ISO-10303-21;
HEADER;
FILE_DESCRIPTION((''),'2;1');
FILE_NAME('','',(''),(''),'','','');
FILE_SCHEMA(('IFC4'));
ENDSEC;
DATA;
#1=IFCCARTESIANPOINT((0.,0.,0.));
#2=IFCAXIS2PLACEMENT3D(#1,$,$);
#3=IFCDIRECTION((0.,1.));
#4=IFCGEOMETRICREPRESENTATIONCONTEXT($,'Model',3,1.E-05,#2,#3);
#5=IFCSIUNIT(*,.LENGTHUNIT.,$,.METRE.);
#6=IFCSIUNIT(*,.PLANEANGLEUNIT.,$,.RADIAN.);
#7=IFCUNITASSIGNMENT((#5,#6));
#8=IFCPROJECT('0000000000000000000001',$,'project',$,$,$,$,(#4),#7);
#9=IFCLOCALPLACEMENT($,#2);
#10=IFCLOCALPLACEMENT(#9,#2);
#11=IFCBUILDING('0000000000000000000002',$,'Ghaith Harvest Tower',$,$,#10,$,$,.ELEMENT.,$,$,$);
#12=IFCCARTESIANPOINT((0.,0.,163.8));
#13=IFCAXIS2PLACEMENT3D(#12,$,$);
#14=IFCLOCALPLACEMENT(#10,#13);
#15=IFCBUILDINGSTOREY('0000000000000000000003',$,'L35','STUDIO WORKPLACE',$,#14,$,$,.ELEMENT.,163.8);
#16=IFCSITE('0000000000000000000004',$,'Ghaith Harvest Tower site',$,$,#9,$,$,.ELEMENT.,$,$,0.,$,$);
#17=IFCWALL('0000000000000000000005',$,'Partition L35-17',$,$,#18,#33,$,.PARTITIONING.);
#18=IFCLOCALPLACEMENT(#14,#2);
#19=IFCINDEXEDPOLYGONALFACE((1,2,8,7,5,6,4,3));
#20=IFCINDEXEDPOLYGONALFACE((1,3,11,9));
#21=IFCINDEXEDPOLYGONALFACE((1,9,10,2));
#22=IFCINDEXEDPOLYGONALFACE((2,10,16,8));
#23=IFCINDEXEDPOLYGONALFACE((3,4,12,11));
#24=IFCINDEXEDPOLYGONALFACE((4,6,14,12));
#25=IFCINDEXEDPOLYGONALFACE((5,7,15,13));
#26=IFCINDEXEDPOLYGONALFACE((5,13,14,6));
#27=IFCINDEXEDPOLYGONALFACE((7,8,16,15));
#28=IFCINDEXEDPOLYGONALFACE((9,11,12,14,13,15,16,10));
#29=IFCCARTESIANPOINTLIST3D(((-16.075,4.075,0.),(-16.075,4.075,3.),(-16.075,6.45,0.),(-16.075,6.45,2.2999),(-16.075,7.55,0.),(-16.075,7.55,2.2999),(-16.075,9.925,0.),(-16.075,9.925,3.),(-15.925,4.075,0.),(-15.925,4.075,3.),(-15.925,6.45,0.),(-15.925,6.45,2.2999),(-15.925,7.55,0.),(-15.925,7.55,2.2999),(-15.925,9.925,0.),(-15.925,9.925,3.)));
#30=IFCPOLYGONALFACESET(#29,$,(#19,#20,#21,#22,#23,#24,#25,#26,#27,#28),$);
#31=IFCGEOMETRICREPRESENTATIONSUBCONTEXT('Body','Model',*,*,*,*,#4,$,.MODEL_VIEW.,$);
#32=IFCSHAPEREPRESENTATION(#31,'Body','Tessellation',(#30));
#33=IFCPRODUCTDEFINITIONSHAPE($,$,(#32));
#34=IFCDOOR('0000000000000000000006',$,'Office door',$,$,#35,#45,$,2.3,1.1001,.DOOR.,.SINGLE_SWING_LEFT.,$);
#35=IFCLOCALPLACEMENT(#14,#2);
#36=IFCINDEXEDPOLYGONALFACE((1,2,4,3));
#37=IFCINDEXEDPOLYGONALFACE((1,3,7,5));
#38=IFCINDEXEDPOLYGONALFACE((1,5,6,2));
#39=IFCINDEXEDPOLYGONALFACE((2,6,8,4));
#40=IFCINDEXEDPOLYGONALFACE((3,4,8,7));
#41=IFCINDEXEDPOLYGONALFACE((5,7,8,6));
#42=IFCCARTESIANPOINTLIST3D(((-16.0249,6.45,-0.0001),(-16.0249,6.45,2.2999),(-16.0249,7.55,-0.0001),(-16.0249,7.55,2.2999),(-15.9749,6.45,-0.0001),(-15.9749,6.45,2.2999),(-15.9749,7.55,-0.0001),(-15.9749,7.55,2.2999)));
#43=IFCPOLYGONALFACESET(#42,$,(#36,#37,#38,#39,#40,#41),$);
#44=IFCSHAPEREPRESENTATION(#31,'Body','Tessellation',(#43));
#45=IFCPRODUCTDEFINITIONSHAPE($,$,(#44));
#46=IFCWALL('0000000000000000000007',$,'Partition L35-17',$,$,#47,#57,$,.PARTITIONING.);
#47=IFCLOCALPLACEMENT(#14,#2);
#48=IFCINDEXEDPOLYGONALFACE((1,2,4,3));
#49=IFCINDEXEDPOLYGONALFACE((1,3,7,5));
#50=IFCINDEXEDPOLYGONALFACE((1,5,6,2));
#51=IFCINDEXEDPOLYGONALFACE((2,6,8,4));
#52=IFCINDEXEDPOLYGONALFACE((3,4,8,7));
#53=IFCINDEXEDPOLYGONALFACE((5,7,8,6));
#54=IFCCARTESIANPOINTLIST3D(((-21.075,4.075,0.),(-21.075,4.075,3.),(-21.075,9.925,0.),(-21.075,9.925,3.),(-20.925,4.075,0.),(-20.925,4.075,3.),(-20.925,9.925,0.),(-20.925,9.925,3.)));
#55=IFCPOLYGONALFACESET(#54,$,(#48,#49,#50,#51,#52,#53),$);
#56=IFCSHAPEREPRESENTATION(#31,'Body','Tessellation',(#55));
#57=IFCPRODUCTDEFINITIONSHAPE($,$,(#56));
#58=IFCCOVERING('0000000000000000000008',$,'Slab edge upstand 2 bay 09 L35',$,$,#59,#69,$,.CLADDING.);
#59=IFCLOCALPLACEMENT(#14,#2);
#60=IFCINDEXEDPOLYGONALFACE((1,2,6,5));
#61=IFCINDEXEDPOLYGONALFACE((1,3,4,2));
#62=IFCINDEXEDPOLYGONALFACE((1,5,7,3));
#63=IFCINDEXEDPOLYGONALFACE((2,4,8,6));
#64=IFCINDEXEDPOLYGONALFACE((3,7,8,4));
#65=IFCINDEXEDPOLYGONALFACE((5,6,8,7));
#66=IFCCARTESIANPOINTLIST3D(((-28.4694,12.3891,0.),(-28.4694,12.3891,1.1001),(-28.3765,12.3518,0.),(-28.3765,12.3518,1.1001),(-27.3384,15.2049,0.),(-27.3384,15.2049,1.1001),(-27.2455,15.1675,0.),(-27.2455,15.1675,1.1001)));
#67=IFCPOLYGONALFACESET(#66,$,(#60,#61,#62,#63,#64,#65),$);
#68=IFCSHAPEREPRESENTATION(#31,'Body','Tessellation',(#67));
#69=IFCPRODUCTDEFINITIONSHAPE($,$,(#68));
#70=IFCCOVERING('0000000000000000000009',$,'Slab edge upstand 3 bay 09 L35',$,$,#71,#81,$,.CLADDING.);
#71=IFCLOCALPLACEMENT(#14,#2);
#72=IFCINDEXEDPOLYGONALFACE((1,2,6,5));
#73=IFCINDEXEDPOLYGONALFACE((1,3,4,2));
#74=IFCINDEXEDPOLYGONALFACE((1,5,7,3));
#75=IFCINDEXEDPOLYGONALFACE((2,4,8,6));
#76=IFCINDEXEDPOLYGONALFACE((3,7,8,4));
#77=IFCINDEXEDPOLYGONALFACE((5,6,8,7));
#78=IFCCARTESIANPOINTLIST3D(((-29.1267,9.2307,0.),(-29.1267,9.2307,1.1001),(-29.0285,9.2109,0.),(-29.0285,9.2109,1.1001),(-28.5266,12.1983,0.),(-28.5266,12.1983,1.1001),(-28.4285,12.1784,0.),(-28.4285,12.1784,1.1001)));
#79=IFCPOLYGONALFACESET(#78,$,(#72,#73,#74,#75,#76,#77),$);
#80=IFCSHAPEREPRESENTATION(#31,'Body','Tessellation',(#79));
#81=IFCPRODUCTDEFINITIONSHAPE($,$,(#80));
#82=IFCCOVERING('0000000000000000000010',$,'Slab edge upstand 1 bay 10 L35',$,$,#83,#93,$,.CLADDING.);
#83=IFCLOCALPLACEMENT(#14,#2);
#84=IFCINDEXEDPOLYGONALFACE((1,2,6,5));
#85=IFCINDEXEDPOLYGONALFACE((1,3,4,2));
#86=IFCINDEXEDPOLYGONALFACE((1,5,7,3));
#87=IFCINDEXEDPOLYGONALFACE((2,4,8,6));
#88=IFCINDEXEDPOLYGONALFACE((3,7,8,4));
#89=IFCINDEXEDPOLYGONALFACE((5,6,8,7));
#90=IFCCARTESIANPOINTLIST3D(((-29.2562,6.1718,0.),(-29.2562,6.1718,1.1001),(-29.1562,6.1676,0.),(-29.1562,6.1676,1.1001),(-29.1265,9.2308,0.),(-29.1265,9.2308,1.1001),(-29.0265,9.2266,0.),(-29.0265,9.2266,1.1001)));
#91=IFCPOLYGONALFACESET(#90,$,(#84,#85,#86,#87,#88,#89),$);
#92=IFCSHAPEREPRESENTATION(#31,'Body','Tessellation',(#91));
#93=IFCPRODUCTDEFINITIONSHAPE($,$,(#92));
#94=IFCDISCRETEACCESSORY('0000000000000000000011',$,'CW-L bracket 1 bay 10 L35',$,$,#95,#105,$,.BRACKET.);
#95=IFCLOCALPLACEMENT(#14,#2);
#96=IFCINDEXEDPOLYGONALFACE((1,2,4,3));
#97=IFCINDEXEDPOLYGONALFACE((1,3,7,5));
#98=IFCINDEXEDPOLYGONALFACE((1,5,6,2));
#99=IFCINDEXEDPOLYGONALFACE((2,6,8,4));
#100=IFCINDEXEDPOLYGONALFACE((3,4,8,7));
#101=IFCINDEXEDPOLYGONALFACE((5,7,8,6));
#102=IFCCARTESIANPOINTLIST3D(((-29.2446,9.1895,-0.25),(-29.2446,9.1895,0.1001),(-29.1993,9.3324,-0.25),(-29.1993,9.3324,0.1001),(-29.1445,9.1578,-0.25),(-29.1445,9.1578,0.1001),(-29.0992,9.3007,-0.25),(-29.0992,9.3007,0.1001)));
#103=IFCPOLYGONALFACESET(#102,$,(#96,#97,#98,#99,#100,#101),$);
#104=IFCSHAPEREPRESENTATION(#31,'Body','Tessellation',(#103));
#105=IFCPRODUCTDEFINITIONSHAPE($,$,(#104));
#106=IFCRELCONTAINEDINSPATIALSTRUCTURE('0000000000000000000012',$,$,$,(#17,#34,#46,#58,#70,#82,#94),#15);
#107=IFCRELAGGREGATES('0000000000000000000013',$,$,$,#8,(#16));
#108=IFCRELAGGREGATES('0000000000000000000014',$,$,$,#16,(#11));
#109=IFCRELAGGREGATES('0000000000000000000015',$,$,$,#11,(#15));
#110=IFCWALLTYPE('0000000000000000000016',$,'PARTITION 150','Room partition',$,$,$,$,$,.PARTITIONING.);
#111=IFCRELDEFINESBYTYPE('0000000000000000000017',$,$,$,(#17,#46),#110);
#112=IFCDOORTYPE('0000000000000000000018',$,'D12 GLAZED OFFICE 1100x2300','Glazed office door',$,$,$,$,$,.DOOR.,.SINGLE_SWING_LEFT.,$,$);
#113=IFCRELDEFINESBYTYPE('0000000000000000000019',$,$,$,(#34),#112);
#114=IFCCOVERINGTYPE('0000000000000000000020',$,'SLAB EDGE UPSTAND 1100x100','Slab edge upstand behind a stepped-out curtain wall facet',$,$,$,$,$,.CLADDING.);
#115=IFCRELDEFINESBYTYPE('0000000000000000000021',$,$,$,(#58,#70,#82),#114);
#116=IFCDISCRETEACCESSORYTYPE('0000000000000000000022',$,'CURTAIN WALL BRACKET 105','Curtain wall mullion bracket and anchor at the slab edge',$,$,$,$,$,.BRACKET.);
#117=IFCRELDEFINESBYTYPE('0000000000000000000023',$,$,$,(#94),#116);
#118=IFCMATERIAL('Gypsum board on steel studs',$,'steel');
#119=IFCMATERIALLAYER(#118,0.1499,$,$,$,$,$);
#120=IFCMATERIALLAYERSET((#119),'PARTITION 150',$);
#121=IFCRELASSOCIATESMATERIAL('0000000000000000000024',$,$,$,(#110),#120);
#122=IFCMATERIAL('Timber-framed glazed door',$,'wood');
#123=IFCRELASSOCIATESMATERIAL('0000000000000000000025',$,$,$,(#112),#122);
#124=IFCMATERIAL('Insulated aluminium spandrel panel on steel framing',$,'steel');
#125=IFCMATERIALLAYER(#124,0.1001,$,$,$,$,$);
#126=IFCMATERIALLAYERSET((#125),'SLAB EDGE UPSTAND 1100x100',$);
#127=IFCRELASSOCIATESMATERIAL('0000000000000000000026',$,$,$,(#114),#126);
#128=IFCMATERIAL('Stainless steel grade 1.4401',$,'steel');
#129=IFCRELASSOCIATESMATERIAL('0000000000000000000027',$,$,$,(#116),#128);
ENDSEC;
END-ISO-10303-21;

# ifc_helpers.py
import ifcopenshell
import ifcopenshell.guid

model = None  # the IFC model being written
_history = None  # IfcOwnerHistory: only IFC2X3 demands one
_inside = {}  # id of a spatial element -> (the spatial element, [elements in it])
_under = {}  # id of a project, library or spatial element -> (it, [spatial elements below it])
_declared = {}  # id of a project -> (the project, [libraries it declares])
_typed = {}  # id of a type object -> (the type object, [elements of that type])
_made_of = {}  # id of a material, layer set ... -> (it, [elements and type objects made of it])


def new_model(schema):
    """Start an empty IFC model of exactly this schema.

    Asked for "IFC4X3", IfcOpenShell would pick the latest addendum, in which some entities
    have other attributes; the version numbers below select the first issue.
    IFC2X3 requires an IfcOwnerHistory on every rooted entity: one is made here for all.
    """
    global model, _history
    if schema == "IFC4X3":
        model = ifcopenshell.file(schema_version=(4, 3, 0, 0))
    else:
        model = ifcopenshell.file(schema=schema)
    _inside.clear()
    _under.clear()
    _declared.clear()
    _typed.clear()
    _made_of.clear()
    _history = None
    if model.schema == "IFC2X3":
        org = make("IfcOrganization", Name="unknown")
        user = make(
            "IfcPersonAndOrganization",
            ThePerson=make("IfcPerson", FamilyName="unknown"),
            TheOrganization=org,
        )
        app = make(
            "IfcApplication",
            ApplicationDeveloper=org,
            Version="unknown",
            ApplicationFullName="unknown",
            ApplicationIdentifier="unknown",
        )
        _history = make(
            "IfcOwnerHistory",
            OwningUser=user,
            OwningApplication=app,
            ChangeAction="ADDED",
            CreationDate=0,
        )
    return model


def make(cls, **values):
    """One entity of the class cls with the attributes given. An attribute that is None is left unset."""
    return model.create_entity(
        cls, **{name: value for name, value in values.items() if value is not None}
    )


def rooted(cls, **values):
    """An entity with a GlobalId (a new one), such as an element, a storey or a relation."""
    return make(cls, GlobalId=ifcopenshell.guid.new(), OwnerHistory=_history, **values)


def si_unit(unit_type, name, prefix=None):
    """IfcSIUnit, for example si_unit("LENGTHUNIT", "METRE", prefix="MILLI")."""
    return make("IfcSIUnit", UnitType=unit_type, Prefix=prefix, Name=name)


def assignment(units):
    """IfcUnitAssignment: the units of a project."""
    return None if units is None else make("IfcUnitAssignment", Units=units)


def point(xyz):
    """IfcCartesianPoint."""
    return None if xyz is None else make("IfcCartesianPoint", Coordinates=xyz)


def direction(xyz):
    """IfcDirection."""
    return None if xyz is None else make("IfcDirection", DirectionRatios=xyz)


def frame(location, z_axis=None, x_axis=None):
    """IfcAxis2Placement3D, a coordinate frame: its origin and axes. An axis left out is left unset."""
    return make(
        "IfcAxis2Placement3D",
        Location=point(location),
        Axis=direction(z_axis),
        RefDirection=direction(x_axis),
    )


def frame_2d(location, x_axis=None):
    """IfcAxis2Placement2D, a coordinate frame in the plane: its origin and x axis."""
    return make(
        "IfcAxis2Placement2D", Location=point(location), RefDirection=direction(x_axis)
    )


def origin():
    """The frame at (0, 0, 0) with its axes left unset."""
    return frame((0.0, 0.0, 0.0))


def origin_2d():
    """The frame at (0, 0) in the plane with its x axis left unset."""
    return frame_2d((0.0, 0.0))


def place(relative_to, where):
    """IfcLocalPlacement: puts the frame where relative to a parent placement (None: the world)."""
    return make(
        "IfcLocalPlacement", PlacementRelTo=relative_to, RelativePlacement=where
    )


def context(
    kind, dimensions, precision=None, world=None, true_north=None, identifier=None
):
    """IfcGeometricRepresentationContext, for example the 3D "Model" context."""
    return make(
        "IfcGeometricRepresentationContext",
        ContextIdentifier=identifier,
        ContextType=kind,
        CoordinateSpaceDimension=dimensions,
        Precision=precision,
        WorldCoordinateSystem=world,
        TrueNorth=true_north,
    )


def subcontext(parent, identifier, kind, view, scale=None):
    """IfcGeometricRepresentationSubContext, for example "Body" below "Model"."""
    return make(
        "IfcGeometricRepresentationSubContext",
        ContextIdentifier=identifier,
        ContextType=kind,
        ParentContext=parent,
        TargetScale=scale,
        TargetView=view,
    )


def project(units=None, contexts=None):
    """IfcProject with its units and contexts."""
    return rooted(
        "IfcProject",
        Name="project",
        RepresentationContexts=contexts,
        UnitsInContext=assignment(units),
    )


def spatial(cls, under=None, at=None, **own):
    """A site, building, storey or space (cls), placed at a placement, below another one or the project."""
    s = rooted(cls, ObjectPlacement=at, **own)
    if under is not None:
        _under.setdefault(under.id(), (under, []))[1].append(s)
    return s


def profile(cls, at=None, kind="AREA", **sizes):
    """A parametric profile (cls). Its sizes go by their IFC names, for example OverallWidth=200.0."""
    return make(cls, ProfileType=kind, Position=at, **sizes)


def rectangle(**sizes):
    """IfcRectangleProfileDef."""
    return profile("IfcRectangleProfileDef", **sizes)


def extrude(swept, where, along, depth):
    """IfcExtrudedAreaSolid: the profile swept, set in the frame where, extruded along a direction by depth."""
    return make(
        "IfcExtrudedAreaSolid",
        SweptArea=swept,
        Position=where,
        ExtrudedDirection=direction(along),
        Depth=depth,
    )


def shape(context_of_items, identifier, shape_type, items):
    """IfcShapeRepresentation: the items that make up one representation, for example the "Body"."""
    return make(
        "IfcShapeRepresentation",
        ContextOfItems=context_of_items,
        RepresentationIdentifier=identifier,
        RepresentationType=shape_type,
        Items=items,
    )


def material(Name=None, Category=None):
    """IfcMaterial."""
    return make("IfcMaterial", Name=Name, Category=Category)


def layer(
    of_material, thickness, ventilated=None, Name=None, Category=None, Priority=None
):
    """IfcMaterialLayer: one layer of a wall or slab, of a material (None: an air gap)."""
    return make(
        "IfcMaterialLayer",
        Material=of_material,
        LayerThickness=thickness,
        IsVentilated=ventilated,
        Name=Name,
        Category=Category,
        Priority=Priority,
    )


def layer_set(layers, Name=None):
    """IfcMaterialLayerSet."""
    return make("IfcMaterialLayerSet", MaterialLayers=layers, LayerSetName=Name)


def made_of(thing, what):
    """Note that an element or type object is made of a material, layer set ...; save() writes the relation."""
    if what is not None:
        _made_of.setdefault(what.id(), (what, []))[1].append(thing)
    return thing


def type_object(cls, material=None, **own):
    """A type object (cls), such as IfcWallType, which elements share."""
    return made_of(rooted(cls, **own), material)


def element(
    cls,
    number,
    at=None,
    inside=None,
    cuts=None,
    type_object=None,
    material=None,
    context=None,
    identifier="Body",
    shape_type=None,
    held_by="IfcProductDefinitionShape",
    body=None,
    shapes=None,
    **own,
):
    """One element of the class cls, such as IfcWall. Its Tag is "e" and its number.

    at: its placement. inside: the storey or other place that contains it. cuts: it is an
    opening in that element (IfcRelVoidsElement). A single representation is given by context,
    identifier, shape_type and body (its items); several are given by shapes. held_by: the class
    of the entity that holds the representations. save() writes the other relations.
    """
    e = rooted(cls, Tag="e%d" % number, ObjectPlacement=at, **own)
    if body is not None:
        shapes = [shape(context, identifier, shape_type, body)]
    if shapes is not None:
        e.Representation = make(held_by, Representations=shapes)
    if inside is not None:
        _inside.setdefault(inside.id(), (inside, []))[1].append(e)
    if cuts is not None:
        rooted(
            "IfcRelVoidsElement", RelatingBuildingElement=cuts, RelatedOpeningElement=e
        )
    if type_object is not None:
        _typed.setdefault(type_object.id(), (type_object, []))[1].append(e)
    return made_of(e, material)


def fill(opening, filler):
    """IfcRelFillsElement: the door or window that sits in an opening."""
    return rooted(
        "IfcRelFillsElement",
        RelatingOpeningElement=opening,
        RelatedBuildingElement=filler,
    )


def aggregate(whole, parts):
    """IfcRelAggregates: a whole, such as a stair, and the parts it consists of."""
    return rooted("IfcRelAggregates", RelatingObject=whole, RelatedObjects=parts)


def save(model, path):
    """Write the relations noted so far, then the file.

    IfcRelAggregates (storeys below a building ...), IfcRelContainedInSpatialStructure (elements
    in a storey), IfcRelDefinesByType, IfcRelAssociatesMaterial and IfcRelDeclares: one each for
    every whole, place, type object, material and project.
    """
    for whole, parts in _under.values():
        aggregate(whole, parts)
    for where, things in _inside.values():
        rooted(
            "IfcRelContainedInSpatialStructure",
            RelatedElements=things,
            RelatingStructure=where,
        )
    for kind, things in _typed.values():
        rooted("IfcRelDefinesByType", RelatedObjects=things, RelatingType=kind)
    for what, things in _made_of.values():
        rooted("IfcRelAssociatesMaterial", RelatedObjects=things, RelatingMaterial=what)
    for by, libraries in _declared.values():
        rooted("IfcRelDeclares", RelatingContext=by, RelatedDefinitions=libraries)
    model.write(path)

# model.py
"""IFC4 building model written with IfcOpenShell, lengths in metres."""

from ifc_helpers import new_model, si_unit, direction, frame, frame_2d, origin, origin_2d, place, context, subcontext, project, spatial, rectangle, extrude, material, layer, layer_set, type_object, element, fill, save


model = new_model("IFC4")

# Units and contexts
model_context = context("Model", 3, precision=1e-05, world=origin(), true_north=direction((0.0, 1.0)))
body_context = subcontext(model_context, "Body", "Model", "MODEL_VIEW")
ifc_project = project(units=[si_unit("LENGTHUNIT", "METRE"), si_unit("PLANEANGLEUNIT", "RADIAN")], contexts=[model_context])

# Site, building, storey
site_placement = place(None, origin())
site = spatial("IfcSite", under=ifc_project, at=site_placement, Name="Ghaith Harvest Tower site", CompositionType="ELEMENT", RefElevation=0.0)
building_placement = place(site_placement, origin())
building = spatial("IfcBuilding", under=site, at=building_placement, Name="Ghaith Harvest Tower", CompositionType="ELEMENT")
storey_placement = place(building_placement, frame((0.0, 0.0, 163.8)))
storey = spatial("IfcBuildingStorey", under=building, at=storey_placement, Name="L35", Description="STUDIO WORKPLACE", CompositionType="ELEMENT", Elevation=163.8)

# Shared definitions
ifc_material_1 = material(Name="Gypsum board on steel studs", Category="steel")
ifc_layer_1 = layer(ifc_material_1, 0.1499)
ifc_layer_set_1 = layer_set([ifc_layer_1], Name="PARTITION 150")
wall_type = type_object("IfcWallType", Name="PARTITION 150", Description="Room partition", PredefinedType="PARTITIONING", material=ifc_layer_set_1)

# Wall, opening, door
wall_1_placement = place(storey_placement, frame((-16.0, 4.075, 0.0), z_axis=(0.0, 0.0, 1.0), x_axis=(0.0, 1.0, 0.0)))
wall_1 = element("IfcWall", 1, at=wall_1_placement, inside=storey, type_object=wall_type, Name="Partition L35-17", PredefinedType="PARTITIONING", context=body_context, shape_type="SweptSolid", body=[
    extrude(rectangle(XDim=5.8501, YDim=0.1499, at=frame_2d((2.925, 0.0))), origin(), (0.0, 0.0, 1.0), 3.0),
])
opening_1_placement = place(wall_1_placement, frame((2.375, 0.0, 0.0)))
opening_1 = element("IfcOpeningElement", 2, at=opening_1_placement, cuts=wall_1, PredefinedType="OPENING", context=body_context, shape_type="SweptSolid", body=[
    extrude(rectangle(XDim=1.1001, YDim=2.3, at=frame_2d((0.55, 1.1499))), frame((0.0, 0.085, 0.0), z_axis=(0.0, -1.0, 0.0), x_axis=(1.0, 0.0, 0.0)), (0.0, 0.0, 1.0), 0.1699),
])
ifc_material_2 = material(Name="Timber-framed glazed door", Category="wood")
door_type_1 = type_object("IfcDoorType", Name="D12 GLAZED OFFICE 1100x2300", Description="Glazed office door", OperationType="SINGLE_SWING_LEFT", PredefinedType="DOOR", material=ifc_material_2)
door_1_placement = place(opening_1_placement, origin())
door_1 = element("IfcDoor", 3, at=door_1_placement, inside=storey, type_object=door_type_1, Name="Office door", OperationType="SINGLE_SWING_LEFT", OverallHeight=2.3, OverallWidth=1.1001, PredefinedType="DOOR", context=body_context, shape_type="SweptSolid", body=[
    extrude(rectangle(XDim=1.1001, YDim=2.3, at=frame_2d((0.55, 1.1499))), frame((0.0, 0.0249, 0.0), z_axis=(0.0, -1.0, 0.0), x_axis=(1.0, 0.0, 0.0)), (0.0, 0.0, 1.0), 0.05),
])
fill(opening_1, door_1)

# Wall
wall_2_placement = place(storey_placement, frame((-21.0, 4.075, 0.0), z_axis=(0.0, 0.0, 1.0), x_axis=(0.0, 1.0, 0.0)))
element("IfcWall", 4, at=wall_2_placement, inside=storey, type_object=wall_type, Name="Partition L35-17", PredefinedType="PARTITIONING", context=body_context, shape_type="SweptSolid", body=[
    extrude(rectangle(XDim=5.8501, YDim=0.1499, at=frame_2d((2.925, 0.0))), origin(), (0.0, 0.0, 1.0), 3.0),
])

# Coverings
ifc_material_3 = material(Name="Insulated aluminium spandrel panel on steel framing", Category="steel")
ifc_layer_2 = layer(ifc_material_3, 0.1001)
ifc_layer_set_2 = layer_set([ifc_layer_2], Name="SLAB EDGE UPSTAND 1100x100")
covering_type = type_object("IfcCoveringType", Name="SLAB EDGE UPSTAND 1100x100", Description="Slab edge upstand behind a stepped-out curtain wall facet", PredefinedType="CLADDING", material=ifc_layer_set_2)
covering_1_placement = place(storey_placement, frame((-27.8574, 13.7783, 0.0), z_axis=(0.0, 0.0, 1.0), x_axis=(-0.372732, -0.927939, 0.0)))
element("IfcCovering", 5, at=covering_1_placement, inside=storey, type_object=covering_type, Name="Slab edge upstand 2 bay 09 L35", PredefinedType="CLADDING", context=body_context, shape_type="SweptSolid", body=[
    extrude(rectangle(XDim=3.0344, YDim=0.1001, at=origin_2d()), origin(), (0.0, 0.0, 1.0), 1.1001),
])
covering_2_placement = place(storey_placement, frame((-28.7776, 10.7046, 0.0), z_axis=(0.0, 0.0, 1.0), x_axis=(-0.198183, -0.980165, 0.0)))
element("IfcCovering", 6, at=covering_2_placement, inside=storey, type_object=covering_type, Name="Slab edge upstand 3 bay 09 L35", PredefinedType="CLADDING", context=body_context, shape_type="SweptSolid", body=[
    extrude(rectangle(XDim=3.0276, YDim=0.1001, at=origin_2d()), origin(), (0.0, 0.0, 1.0), 1.1001),
])
covering_3_placement = place(storey_placement, frame((-29.1414, 7.6992, 0.0), z_axis=(0.0, 0.0, 1.0), x_axis=(-0.042373, -0.999102, 0.0)))
element("IfcCovering", 7, at=covering_3_placement, inside=storey, type_object=covering_type, Name="Slab edge upstand 1 bay 10 L35", PredefinedType="CLADDING", context=body_context, shape_type="SweptSolid", body=[
    extrude(rectangle(XDim=3.0618, YDim=0.1001, at=origin_2d()), origin(), (0.0, 0.0, 1.0), 1.1001),
])

# Discrete accessory
ifc_material_4 = material(Name="Stainless steel grade 1.4401", Category="steel")
discrete_accessory_type = type_object("IfcDiscreteAccessoryType", Name="CURTAIN WALL BRACKET 105", Description="Curtain wall mullion bracket and anchor at the slab edge", PredefinedType="BRACKET", material=ifc_material_4)
discrete_accessory_placement = place(storey_placement, frame((-29.1719, 9.2451, -0.25), z_axis=(0.0, 0.0, 1.0), x_axis=(-0.953273, 0.30211, 0.0)))
element("IfcDiscreteAccessory", 8, at=discrete_accessory_placement, inside=storey, type_object=discrete_accessory_type, Name="CW-L bracket 1 bay 10 L35", PredefinedType="BRACKET", context=body_context, shape_type="SweptSolid", body=[
    extrude(rectangle(XDim=0.105, YDim=0.1499, at=origin_2d()), origin(), (0.0, 0.0, 1.0), 0.3501),
])

save(model, "model.ifc")
